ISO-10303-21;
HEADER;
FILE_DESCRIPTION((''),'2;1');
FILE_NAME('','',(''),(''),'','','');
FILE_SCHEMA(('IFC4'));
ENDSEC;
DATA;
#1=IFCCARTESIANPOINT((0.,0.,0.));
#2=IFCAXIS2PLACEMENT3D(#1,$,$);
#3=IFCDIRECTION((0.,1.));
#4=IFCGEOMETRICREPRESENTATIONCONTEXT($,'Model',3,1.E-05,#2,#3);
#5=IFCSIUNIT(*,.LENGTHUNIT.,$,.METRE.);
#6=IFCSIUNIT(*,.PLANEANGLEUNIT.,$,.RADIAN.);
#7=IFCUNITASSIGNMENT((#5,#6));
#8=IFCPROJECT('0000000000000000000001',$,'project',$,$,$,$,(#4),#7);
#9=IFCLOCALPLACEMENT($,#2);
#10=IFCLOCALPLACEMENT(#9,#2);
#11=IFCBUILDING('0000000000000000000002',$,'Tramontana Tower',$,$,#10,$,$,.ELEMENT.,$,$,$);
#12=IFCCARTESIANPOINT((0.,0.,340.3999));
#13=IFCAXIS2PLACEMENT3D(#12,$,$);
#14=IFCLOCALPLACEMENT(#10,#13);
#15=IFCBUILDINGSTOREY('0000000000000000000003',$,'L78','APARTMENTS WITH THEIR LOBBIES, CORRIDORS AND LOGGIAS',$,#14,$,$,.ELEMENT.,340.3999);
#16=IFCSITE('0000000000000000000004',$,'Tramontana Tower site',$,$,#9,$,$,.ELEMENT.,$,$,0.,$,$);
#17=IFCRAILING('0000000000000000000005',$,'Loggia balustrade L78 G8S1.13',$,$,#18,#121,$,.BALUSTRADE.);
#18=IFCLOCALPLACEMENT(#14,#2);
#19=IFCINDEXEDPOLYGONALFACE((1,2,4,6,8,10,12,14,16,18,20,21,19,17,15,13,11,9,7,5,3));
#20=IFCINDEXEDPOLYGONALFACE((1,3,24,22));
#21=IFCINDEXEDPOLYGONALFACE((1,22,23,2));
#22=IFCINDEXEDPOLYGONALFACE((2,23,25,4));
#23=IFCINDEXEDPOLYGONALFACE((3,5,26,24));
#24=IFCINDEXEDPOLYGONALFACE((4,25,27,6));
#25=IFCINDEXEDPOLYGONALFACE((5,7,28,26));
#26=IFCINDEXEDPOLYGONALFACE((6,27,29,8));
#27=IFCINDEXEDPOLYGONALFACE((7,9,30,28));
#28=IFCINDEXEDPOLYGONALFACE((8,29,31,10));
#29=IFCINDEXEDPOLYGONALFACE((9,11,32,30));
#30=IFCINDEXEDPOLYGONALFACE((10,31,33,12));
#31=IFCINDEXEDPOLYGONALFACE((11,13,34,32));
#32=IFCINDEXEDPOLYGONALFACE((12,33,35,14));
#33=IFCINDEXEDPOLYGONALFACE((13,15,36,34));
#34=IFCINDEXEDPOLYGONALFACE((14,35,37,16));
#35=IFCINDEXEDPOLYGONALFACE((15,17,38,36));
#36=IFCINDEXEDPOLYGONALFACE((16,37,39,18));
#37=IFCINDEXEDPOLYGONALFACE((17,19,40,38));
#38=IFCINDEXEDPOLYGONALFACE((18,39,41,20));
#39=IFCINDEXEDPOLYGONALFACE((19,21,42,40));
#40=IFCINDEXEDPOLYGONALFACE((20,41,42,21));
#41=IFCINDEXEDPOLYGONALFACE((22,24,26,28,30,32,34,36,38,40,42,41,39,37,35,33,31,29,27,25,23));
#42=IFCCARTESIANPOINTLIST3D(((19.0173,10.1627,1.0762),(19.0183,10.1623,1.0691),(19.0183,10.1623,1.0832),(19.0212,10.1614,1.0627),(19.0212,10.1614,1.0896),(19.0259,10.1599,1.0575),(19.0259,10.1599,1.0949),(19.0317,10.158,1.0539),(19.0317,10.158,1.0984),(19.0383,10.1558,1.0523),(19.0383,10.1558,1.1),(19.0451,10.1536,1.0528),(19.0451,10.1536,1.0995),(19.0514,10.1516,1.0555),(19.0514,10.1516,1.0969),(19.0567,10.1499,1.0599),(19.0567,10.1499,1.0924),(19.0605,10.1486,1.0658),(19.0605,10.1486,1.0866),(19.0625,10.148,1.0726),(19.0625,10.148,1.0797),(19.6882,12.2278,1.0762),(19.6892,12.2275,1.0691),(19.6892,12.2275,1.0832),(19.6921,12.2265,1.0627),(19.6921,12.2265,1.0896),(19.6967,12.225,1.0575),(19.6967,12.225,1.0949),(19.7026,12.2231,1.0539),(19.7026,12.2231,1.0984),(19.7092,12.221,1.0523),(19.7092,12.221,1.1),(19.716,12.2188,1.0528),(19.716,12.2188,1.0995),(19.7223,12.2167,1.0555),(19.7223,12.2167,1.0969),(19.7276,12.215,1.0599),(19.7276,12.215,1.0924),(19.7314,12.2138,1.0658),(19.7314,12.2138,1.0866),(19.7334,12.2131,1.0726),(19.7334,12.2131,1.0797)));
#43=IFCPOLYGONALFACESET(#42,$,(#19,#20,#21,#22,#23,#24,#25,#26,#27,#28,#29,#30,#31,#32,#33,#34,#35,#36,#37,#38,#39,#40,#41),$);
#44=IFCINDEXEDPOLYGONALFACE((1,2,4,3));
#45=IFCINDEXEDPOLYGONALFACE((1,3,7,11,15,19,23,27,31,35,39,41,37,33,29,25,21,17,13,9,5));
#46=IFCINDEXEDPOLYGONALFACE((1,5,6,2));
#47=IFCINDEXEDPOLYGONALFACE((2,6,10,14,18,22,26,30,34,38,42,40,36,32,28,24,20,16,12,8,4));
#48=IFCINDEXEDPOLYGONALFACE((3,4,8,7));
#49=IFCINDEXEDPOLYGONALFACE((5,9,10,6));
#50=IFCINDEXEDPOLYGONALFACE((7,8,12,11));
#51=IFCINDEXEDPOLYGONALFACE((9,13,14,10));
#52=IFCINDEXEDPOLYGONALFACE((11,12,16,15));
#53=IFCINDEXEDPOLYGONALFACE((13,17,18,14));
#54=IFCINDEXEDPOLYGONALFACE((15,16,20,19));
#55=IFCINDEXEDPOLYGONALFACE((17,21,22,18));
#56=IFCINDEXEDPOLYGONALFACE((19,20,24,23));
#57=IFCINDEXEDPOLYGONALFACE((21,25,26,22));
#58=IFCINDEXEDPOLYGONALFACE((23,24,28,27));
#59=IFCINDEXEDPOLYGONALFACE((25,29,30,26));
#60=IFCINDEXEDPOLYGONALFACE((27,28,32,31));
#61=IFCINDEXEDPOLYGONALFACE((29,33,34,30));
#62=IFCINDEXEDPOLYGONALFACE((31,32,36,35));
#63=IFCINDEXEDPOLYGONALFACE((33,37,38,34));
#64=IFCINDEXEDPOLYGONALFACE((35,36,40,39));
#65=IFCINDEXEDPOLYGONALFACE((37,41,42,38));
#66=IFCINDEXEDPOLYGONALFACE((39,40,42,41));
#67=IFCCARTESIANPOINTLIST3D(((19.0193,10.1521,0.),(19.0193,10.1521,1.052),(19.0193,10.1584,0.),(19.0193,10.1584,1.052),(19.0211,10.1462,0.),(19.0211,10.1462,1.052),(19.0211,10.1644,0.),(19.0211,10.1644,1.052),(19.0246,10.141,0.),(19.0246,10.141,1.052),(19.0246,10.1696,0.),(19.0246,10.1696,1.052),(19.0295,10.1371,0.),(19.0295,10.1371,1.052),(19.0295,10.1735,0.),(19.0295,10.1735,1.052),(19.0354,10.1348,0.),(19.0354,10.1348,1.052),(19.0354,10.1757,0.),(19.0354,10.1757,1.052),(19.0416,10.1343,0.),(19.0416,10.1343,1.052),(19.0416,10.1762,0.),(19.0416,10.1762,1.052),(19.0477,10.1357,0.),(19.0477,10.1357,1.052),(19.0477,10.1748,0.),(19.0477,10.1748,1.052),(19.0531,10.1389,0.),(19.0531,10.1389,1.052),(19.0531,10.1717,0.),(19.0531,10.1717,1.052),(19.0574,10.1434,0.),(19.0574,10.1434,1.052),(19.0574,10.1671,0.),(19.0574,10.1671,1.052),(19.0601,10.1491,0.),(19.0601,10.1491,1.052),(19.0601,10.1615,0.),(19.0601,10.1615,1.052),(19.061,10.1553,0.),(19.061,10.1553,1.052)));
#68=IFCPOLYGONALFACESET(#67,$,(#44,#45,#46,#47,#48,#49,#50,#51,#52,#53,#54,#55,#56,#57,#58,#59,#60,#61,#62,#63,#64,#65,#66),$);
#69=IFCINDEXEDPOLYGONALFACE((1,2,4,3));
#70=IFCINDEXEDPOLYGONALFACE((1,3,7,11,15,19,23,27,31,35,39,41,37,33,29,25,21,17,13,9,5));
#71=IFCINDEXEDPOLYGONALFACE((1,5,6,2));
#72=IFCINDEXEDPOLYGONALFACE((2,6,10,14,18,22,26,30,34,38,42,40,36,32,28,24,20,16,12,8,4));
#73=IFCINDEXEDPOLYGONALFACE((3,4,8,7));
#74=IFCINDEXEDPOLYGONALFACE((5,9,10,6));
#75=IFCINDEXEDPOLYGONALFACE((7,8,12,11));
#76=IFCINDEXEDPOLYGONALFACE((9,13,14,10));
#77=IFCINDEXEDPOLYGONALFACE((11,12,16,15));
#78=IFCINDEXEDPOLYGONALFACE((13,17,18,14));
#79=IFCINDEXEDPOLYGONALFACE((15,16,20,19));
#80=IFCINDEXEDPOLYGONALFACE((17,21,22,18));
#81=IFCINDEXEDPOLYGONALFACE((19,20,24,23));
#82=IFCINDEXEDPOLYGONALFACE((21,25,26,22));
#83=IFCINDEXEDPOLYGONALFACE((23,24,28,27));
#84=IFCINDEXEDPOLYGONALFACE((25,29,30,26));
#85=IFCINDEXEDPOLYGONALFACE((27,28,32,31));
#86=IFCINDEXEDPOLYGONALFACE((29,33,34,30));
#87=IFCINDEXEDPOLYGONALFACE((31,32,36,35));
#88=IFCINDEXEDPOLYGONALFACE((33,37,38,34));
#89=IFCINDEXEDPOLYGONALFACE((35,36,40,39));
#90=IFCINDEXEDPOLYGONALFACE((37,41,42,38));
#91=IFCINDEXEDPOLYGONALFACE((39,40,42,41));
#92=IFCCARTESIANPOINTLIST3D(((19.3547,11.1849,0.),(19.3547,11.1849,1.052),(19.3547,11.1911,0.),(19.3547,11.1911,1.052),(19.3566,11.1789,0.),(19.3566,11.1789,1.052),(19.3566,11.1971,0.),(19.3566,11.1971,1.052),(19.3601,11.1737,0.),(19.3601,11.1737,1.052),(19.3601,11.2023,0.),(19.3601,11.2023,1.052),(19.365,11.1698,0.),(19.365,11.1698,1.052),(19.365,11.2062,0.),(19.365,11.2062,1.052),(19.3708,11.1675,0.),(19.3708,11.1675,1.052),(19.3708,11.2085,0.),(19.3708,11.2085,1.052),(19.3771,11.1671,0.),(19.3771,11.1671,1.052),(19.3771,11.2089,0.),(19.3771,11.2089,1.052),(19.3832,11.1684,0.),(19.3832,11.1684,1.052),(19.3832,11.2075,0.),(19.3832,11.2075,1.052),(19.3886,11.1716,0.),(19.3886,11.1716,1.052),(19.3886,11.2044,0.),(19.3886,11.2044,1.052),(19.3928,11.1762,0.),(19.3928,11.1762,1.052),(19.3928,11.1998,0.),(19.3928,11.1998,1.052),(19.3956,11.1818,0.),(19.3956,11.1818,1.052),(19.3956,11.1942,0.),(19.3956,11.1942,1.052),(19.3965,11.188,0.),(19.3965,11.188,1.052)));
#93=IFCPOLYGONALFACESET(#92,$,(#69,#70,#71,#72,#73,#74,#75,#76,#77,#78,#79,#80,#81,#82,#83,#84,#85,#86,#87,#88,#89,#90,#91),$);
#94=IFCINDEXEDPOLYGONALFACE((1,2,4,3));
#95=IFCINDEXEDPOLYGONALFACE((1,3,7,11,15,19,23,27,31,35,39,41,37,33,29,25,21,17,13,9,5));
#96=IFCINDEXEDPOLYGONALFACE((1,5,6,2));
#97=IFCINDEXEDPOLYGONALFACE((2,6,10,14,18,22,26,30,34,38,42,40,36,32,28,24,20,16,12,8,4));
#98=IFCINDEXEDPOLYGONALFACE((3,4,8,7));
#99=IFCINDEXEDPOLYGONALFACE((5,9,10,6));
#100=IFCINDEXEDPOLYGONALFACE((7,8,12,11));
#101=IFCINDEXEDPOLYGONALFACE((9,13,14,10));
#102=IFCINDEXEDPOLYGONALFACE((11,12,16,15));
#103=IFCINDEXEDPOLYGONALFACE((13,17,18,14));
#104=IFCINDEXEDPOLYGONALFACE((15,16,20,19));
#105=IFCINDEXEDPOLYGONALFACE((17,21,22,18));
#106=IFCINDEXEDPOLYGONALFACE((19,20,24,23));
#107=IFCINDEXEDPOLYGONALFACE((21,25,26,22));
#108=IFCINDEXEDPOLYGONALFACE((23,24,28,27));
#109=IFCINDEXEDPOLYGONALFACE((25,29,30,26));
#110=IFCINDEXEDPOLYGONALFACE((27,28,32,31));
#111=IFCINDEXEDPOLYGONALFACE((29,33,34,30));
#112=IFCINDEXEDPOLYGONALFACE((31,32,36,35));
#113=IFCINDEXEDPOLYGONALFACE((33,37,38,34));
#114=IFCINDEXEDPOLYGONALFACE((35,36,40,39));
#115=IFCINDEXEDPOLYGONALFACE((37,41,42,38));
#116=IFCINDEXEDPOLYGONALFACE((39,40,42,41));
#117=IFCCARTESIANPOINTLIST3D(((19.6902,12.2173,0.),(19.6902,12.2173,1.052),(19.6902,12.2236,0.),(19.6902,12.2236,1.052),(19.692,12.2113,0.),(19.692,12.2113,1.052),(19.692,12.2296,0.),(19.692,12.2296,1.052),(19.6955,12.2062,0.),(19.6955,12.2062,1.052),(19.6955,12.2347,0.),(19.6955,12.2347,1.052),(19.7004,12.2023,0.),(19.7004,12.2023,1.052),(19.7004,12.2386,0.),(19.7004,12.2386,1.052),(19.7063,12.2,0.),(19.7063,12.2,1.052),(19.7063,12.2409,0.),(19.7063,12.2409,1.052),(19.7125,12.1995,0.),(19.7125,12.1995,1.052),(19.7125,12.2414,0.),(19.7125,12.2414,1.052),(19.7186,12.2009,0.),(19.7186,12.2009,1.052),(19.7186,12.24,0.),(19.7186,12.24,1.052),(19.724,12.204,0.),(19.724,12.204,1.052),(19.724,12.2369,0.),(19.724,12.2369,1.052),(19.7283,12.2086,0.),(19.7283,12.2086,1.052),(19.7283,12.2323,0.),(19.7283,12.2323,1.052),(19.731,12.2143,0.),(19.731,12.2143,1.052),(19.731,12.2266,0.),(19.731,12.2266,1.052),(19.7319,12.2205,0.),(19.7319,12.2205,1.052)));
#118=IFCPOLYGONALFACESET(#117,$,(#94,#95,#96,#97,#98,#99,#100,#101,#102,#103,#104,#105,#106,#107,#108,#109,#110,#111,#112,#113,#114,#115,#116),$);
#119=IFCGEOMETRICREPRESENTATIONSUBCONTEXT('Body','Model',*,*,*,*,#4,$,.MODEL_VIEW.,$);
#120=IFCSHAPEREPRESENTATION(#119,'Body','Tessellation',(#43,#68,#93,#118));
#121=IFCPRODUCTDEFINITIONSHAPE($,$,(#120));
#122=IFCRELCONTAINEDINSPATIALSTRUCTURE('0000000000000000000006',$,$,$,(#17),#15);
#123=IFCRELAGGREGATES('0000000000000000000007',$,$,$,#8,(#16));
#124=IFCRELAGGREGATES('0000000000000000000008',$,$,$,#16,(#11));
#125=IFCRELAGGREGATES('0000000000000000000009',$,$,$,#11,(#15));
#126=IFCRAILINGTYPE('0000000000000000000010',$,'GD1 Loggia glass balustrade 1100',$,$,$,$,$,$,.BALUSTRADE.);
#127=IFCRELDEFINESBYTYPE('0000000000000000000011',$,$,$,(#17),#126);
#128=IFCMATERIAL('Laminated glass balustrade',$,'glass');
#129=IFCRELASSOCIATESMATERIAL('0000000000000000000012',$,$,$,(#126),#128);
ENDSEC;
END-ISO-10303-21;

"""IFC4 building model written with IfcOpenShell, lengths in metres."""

from ifc_helpers import new_model, si_unit, direction, frame, origin, origin_2d, place, context, subcontext, project, spatial, circle, extrude, material, type_object, element, save


model = new_model("IFC4")

# Units and contexts
model_context = context("Model", 3, precision=1e-05, world=origin(), true_north=direction((0.0, 1.0)))
body_context = subcontext(model_context, "Body", "Model", "MODEL_VIEW")
ifc_project = project(units=[si_unit("LENGTHUNIT", "METRE"), si_unit("PLANEANGLEUNIT", "RADIAN")], contexts=[model_context])

# Site, building, storey
site_placement = place(None, origin())
site = spatial("IfcSite", under=ifc_project, at=site_placement, Name="Tramontana Tower site", CompositionType="ELEMENT", RefElevation=0.0)
building_placement = place(site_placement, origin())
building = spatial("IfcBuilding", under=site, at=building_placement, Name="Tramontana Tower", CompositionType="ELEMENT")
storey_placement = place(building_placement, frame((0.0, 0.0, 340.3999)))
storey = spatial("IfcBuildingStorey", under=building, at=storey_placement, Name="L78", Description="APARTMENTS WITH THEIR LOBBIES, CORRIDORS AND LOGGIAS", CompositionType="ELEMENT", Elevation=340.3999)

# Railing
ifc_material_1 = material(Name="Laminated glass balustrade", Category="glass")
railing_type = type_object("IfcRailingType", Name="GD1 Loggia glass balustrade 1100", PredefinedType="BALUSTRADE", material=ifc_material_1)
railing_1_placement = place(storey_placement, frame((19.04, 10.1553, 0.0)))
element("IfcRailing", 1, at=railing_1_placement, inside=storey, type_object=railing_type, Name="Loggia balustrade L78 G8S1.13", PredefinedType="BALUSTRADE", context=body_context, shape_type="SweptSolid", body=[
    extrude(circle(Radius=0.0239, at=origin_2d()), frame((0.0, 0.0, 1.0762), z_axis=(0.308967, 0.951073, 0.0), x_axis=(-0.951073, 0.308967, 0.0)), (0.0, 0.0, 1.0), 2.1714),
    extrude(circle(Radius=0.021, at=origin_2d()), origin(), (0.0, 0.0, 1.0), 1.052),
    extrude(circle(Radius=0.021, at=origin_2d()), frame((0.3354, 1.0327, 0.0)), (0.0, 0.0, 1.0), 1.052),
    extrude(circle(Radius=0.021, at=origin_2d()), frame((0.6709, 2.0652, 0.0)), (0.0, 0.0, 1.0), 1.052),
])

save(model, "model.ifc")
